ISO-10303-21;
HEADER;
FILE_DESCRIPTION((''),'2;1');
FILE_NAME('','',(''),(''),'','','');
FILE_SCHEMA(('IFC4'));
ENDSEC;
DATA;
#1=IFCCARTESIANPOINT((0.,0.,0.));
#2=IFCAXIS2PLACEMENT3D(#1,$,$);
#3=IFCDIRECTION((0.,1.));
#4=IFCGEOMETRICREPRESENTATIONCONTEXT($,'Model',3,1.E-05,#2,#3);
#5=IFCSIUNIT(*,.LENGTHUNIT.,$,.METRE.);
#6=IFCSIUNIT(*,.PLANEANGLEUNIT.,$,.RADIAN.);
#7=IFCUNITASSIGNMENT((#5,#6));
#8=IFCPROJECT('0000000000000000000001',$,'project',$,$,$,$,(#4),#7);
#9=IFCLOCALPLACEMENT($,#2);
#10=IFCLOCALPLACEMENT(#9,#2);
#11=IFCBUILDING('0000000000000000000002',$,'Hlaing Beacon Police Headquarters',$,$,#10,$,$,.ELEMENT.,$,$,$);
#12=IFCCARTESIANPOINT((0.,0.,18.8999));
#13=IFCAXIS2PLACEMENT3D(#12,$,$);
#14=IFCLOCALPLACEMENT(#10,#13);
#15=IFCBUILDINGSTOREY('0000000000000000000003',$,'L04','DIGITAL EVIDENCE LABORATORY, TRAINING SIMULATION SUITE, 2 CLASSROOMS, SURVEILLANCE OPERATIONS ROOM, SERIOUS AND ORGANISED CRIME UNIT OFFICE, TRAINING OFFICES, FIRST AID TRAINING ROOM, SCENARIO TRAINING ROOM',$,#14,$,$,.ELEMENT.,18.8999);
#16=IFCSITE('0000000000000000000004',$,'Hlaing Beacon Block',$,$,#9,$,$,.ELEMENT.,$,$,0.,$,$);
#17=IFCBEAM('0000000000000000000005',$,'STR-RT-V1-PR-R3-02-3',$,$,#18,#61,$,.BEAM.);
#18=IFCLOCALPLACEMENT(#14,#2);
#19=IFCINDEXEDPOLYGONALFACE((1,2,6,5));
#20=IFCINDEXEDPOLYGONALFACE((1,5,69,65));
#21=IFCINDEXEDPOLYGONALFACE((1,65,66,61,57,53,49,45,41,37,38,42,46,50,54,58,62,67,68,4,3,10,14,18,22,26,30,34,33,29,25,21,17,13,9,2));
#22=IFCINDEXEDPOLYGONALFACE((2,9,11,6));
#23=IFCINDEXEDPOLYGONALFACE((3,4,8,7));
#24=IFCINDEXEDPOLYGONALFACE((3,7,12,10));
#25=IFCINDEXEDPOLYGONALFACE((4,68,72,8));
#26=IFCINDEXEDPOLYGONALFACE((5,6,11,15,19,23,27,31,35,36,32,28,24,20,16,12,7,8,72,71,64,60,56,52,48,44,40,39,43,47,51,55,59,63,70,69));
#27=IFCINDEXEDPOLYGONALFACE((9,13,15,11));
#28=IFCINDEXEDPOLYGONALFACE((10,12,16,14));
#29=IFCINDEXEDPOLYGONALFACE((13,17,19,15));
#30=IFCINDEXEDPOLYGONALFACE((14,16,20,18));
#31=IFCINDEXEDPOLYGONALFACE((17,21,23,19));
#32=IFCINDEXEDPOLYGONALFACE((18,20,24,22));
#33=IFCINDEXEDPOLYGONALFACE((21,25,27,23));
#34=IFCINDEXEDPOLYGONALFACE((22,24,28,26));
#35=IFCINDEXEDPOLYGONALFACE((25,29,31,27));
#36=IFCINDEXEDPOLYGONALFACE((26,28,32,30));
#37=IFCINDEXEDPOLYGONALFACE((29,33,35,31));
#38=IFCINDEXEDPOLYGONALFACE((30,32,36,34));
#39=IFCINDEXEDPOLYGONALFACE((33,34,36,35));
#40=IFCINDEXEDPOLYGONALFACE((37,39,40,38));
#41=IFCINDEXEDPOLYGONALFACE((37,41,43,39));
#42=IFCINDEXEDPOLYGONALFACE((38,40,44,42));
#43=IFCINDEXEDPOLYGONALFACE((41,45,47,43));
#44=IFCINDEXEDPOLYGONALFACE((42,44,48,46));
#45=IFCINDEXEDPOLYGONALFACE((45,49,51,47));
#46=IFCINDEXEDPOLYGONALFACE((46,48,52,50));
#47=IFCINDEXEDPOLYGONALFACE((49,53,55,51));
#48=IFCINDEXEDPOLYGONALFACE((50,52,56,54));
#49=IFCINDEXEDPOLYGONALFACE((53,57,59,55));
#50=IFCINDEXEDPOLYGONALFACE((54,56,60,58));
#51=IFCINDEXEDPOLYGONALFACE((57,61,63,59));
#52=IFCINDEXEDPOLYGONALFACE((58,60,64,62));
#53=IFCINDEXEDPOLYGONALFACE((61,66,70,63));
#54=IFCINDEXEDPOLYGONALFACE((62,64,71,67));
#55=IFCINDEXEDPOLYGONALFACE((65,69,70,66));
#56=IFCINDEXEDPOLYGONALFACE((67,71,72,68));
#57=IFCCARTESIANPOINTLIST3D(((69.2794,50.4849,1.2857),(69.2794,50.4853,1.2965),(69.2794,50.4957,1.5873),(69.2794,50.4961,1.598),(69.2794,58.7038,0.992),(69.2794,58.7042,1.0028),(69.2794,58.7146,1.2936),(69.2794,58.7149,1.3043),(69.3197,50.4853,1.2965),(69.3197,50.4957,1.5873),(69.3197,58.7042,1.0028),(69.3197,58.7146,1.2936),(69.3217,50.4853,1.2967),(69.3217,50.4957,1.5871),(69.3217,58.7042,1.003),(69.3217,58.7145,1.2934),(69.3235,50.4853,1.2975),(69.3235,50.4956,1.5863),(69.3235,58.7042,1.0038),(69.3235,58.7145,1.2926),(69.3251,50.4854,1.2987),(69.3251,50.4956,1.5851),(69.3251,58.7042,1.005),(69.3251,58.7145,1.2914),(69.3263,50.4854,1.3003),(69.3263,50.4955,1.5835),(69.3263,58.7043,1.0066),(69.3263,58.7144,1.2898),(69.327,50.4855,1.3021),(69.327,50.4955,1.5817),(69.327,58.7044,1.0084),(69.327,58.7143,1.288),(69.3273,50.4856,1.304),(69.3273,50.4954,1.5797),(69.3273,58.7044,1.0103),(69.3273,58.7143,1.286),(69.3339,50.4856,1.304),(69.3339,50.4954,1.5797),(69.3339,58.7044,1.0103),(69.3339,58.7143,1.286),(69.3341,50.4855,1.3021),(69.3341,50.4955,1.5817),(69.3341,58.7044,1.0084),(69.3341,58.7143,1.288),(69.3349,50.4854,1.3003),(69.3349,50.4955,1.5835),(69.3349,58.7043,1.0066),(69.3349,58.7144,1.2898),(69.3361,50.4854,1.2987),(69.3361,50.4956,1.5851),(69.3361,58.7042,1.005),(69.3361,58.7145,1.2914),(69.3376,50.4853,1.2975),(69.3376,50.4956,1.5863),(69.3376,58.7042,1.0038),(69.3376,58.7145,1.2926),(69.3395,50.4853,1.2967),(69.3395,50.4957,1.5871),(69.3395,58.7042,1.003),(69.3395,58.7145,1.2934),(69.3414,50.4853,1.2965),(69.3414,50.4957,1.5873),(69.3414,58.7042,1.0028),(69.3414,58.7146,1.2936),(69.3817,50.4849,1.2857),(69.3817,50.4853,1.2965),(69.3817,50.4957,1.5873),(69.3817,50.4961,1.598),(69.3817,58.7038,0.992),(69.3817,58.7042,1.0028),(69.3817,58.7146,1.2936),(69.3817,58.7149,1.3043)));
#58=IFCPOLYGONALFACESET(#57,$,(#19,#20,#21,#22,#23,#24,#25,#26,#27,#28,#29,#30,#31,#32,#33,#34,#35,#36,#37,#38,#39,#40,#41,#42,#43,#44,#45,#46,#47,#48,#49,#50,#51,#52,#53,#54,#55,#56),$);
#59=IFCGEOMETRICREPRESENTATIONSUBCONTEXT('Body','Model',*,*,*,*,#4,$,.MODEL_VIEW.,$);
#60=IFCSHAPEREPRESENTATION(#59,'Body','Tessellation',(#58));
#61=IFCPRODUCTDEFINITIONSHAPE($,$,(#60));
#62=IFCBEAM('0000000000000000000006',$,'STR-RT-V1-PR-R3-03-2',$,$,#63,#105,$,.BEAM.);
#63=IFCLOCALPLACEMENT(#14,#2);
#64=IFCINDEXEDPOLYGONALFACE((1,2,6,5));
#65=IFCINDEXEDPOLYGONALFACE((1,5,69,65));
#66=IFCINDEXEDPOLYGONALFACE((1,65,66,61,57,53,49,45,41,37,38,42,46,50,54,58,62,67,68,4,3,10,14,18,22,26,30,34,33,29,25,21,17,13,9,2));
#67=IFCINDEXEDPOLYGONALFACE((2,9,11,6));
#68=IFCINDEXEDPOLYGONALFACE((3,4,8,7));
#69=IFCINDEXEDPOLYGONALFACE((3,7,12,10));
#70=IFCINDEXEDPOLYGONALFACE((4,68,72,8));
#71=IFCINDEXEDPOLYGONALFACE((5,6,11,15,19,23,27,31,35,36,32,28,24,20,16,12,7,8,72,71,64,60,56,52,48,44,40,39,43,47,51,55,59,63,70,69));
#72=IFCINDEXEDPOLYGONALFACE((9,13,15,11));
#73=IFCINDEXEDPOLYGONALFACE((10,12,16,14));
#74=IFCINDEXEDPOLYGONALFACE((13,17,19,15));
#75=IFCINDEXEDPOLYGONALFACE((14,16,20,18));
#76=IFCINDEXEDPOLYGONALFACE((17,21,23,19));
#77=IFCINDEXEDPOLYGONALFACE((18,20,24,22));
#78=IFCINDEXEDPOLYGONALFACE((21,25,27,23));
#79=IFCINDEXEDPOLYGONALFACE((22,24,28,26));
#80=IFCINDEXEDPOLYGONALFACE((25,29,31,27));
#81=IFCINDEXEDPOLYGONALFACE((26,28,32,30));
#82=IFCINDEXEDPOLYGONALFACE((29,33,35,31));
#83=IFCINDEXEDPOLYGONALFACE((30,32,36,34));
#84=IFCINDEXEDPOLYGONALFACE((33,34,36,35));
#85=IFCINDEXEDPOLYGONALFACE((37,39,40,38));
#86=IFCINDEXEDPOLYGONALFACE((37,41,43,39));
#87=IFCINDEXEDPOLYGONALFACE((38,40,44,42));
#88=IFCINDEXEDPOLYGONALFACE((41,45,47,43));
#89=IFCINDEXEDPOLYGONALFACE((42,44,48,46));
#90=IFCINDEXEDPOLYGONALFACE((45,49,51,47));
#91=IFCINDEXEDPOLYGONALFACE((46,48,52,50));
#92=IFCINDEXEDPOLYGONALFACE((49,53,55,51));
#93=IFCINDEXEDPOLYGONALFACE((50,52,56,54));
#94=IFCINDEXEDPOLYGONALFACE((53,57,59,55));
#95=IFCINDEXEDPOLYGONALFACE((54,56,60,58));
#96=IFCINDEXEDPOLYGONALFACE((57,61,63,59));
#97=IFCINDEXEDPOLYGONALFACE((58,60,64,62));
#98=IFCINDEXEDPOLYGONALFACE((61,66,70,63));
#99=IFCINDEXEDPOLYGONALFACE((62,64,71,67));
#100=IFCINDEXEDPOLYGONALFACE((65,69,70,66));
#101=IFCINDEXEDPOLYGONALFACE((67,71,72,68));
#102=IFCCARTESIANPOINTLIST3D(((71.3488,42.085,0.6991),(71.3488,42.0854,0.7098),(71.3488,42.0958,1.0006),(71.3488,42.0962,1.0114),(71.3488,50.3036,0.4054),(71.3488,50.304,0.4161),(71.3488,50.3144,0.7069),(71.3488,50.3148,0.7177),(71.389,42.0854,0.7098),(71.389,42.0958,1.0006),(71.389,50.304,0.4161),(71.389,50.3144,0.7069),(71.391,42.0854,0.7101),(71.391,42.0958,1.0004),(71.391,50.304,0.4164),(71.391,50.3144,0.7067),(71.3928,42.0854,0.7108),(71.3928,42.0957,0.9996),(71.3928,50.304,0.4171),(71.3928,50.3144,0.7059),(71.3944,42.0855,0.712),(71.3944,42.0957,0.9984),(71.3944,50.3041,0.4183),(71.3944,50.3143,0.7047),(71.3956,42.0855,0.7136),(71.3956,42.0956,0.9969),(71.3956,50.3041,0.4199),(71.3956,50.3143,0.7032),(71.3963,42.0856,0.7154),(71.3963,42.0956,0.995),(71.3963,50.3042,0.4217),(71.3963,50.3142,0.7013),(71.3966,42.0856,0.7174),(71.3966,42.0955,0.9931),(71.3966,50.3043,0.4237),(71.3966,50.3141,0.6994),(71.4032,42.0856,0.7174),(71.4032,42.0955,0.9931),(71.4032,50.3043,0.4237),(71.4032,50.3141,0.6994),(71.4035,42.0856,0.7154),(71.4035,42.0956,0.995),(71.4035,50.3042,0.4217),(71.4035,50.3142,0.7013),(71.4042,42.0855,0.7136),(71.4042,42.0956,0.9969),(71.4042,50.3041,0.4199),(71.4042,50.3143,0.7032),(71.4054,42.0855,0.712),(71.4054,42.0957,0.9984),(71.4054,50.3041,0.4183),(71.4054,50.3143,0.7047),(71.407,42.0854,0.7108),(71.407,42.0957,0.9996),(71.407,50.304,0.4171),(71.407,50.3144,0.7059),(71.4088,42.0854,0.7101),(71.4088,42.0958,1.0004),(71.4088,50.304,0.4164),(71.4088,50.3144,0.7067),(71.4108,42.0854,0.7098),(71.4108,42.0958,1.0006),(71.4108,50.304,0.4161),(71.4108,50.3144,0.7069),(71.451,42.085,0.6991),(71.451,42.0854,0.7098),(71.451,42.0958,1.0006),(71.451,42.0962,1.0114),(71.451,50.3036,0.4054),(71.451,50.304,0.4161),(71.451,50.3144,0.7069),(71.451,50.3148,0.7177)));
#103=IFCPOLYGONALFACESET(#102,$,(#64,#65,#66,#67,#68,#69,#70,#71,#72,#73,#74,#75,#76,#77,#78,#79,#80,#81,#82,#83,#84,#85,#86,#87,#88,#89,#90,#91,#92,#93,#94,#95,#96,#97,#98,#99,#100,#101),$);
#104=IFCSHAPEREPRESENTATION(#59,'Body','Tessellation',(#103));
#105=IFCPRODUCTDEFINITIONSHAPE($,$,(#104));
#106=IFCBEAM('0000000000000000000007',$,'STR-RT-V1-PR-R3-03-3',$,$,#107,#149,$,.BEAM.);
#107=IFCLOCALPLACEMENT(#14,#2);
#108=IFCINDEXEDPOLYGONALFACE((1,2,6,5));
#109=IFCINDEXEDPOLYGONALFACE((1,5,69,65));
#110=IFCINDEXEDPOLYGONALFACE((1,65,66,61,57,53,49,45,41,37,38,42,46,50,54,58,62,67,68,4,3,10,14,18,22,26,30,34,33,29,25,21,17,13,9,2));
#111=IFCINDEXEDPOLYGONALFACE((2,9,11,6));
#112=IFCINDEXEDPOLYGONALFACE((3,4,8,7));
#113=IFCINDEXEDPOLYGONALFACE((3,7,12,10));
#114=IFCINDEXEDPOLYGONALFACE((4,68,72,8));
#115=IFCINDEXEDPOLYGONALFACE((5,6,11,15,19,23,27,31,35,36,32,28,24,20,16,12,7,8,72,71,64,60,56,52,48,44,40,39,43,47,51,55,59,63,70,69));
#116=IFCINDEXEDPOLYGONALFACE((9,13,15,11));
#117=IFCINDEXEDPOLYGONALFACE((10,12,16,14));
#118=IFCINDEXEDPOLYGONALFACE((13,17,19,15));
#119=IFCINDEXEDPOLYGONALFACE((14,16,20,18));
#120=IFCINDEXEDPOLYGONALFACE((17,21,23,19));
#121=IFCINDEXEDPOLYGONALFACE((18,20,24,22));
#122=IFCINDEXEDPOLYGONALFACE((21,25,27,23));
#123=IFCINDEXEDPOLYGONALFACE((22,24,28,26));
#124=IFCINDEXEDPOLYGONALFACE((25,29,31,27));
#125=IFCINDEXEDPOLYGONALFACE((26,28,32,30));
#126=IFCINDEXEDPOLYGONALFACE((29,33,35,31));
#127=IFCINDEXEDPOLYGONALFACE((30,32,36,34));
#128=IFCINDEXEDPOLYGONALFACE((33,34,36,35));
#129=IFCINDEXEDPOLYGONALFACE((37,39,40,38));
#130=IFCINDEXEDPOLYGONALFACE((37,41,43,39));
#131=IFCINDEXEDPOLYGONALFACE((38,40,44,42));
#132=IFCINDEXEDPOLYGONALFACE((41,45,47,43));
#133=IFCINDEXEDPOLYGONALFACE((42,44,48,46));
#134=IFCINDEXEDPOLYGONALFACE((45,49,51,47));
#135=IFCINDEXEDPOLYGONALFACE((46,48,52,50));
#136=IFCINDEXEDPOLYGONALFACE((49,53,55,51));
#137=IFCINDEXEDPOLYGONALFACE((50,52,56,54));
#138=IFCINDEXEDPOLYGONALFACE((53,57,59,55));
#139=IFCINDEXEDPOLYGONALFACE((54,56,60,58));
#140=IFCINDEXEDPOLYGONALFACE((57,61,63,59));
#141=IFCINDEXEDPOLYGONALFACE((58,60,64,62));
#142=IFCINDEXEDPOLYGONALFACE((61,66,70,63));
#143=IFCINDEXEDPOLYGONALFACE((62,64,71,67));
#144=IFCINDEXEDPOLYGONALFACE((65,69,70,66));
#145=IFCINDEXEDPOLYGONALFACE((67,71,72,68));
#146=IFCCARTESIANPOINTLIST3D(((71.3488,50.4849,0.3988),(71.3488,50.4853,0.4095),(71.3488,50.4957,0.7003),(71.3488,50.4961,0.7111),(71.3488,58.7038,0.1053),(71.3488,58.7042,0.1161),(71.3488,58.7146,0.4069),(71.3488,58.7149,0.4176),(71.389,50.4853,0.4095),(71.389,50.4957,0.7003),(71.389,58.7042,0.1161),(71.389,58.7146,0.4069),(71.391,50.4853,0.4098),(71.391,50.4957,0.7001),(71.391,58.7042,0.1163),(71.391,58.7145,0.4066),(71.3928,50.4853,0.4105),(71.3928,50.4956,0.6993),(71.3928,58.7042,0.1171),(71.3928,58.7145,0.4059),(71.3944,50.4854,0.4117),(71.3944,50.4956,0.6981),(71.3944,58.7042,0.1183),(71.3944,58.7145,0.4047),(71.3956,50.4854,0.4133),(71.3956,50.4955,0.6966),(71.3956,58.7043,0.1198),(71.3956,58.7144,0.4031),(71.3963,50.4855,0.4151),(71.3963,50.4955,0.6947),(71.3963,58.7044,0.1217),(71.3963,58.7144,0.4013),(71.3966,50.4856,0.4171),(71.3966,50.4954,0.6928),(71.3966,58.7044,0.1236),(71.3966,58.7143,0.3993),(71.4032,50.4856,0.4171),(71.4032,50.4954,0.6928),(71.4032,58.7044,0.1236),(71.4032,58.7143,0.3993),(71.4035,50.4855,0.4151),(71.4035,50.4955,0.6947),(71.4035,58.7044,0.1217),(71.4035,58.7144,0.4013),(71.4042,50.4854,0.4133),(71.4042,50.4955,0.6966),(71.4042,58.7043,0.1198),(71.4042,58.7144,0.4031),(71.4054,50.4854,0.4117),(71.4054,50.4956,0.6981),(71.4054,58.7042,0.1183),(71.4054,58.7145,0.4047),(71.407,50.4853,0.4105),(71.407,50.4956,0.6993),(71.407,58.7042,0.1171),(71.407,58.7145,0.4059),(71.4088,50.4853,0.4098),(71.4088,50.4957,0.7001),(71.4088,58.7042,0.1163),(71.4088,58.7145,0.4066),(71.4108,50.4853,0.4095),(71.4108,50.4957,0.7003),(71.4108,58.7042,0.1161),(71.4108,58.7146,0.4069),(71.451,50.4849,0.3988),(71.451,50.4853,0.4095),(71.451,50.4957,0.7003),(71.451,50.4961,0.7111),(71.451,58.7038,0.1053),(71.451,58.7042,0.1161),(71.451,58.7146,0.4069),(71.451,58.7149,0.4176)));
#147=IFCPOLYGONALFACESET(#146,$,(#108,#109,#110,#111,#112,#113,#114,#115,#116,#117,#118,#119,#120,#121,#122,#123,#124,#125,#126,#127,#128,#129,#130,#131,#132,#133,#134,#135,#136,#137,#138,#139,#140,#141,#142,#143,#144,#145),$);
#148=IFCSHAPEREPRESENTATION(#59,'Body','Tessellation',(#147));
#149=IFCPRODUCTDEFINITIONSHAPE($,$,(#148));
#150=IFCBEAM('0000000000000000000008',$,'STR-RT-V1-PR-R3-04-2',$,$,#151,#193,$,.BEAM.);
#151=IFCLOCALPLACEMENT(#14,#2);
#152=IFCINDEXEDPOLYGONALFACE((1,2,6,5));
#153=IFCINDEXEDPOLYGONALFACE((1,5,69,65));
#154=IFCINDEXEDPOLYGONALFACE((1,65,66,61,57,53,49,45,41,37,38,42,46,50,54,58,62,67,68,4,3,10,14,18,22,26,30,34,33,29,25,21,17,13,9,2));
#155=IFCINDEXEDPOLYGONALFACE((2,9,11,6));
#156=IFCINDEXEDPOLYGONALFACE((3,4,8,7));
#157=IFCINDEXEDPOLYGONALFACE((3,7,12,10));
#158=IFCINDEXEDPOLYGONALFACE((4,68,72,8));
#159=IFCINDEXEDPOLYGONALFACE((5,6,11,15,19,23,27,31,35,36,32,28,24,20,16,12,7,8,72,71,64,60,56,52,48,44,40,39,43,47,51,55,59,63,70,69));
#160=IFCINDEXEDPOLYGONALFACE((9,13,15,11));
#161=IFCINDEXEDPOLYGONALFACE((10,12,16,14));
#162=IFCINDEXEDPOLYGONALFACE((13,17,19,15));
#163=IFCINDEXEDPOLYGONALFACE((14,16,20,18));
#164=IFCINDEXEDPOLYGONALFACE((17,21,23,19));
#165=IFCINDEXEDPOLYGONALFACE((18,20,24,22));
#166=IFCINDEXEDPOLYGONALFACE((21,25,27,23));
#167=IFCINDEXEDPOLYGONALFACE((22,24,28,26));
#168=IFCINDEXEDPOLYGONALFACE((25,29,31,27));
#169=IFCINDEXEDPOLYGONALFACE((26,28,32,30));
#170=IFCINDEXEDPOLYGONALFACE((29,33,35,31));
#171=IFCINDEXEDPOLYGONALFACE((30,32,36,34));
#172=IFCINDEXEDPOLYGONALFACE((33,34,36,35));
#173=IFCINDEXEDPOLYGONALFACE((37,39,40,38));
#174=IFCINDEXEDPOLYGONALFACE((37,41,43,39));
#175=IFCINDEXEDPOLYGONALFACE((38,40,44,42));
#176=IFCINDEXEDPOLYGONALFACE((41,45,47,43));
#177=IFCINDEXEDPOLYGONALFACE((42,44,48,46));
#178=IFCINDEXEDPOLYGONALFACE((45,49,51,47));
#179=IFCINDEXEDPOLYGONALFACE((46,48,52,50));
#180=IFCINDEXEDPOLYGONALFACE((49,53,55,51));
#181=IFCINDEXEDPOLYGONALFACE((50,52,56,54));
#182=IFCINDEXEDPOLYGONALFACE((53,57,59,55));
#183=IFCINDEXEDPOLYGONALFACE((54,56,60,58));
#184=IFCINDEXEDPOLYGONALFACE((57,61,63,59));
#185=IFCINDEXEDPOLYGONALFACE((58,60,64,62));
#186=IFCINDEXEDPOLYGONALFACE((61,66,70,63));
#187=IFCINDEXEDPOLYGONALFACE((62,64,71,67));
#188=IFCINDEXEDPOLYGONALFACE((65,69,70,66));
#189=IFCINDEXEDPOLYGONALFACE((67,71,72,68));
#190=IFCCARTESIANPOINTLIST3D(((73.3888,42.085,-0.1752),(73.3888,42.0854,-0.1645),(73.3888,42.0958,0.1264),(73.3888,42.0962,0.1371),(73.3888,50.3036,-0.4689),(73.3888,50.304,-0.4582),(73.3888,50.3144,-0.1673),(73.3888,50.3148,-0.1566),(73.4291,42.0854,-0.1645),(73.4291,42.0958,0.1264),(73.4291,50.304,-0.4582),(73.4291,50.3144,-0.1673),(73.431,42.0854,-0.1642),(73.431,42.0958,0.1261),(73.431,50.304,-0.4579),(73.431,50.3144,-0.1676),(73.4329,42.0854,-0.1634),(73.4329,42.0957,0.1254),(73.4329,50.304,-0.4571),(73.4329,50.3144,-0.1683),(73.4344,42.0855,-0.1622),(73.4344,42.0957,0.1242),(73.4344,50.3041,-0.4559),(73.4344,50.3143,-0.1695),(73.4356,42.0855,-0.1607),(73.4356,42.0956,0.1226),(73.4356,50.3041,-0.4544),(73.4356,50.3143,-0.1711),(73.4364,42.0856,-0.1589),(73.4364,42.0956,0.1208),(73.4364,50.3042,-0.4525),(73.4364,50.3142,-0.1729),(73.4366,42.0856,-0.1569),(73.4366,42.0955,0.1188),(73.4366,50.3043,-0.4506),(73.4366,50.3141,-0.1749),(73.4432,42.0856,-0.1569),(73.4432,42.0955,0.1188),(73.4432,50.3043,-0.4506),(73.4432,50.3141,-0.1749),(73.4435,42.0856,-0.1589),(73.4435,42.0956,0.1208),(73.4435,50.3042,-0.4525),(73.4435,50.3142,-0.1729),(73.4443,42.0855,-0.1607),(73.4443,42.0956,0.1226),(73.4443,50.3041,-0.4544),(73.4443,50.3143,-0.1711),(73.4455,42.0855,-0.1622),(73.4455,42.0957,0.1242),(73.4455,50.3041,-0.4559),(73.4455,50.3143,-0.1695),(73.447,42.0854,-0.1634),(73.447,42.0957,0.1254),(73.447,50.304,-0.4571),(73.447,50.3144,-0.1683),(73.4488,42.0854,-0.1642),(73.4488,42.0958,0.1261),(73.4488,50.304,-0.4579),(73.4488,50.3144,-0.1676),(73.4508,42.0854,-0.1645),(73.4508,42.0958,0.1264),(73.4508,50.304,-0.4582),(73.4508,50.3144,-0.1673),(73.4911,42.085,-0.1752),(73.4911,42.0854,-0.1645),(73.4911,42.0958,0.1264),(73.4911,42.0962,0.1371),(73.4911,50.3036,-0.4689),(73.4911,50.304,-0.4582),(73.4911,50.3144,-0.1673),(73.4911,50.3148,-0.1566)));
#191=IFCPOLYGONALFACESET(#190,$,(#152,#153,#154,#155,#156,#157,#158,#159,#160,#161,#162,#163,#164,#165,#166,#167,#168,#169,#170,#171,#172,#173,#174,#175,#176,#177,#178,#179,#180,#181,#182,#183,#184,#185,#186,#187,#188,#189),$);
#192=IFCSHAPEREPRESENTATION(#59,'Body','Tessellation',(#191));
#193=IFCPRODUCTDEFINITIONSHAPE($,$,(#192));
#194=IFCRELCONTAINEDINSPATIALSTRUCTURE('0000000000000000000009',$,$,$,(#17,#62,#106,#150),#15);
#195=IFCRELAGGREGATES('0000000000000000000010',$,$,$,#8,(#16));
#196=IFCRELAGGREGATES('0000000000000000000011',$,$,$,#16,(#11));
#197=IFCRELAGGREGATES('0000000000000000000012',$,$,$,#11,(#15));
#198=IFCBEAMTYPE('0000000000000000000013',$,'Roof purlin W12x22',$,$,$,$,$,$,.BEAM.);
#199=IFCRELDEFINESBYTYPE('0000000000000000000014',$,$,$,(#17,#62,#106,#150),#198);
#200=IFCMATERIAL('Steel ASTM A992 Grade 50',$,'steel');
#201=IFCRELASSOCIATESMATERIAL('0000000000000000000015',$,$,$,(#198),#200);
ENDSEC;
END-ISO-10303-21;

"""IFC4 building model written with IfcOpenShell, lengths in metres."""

from ifc_helpers import new_model, si_unit, direction, frame, origin, origin_2d, place, context, subcontext, project, spatial, i_section, extrude, material, material_profile, profile_set, type_object, element, save


model = new_model("IFC4")

# Units and contexts
model_context = context("Model", 3, precision=1e-05, world=origin(), true_north=direction((0.0, 1.0)))
body_context = subcontext(model_context, "Body", "Model", "MODEL_VIEW")
ifc_project = project(units=[si_unit("LENGTHUNIT", "METRE"), si_unit("PLANEANGLEUNIT", "RADIAN")], contexts=[model_context])

# Site, building, storey
site_placement = place(None, origin())
site = spatial("IfcSite", under=ifc_project, at=site_placement, Name="Hlaing Beacon Block", CompositionType="ELEMENT", RefElevation=0.0)
building_placement = place(site_placement, origin())
building = spatial("IfcBuilding", under=site, at=building_placement, Name="Hlaing Beacon Police Headquarters", CompositionType="ELEMENT")
storey_placement = place(building_placement, frame((0.0, 0.0, 18.8999)))
storey = spatial("IfcBuildingStorey", under=building, at=storey_placement, Name="L04", Description="DIGITAL EVIDENCE LABORATORY, TRAINING SIMULATION SUITE, 2 CLASSROOMS, SURVEILLANCE OPERATIONS ROOM, SERIOUS AND ORGANISED CRIME UNIT OFFICE, TRAINING OFFICES, FIRST AID TRAINING ROOM, SCENARIO TRAINING ROOM", CompositionType="ELEMENT", Elevation=18.8999)

# Beams
ifc_material_1 = material(Name="Steel ASTM A992 Grade 50", Category="steel")
ifc_material_profile_1 = material_profile(ifc_material_1, i_section(OverallWidth=0.1023, OverallDepth=0.3125, WebThickness=0.0066, FlangeThickness=0.0107, FilletRadius=0.0076, at=origin_2d()), Name="W12x22")
ifc_profile_set_1 = profile_set([ifc_material_profile_1], Name="Steel ASTM A992 Grade 50")
beam_type_1 = type_object("IfcBeamType", Name="Roof purlin W12x22", PredefinedType="BEAM", material=ifc_profile_set_1)
beam_1_placement = place(storey_placement, frame((69.3306, 50.4905, 1.4419), z_axis=(0.0, 0.999362, -0.035712), x_axis=(-1.0, 0.0, 0.0)))
element("IfcBeam", 1, at=beam_1_placement, inside=storey, type_object=beam_type_1, Name="STR-RT-V1-PR-R3-02-3", PredefinedType="BEAM", context=body_context, shape_type="SweptSolid", body=[
    extrude(i_section(OverallWidth=0.1023, OverallDepth=0.3125, WebThickness=0.0066, FlangeThickness=0.0107, FilletRadius=0.0076, at=origin_2d()), origin(), (0.0, 0.0, 1.0), 8.2241),
])
beam_2_placement = place(storey_placement, frame((71.3999, 42.0906, 0.8552), z_axis=(0.0, 0.999362, -0.035713), x_axis=(-1.0, 0.0, 0.0)))
element("IfcBeam", 2, at=beam_2_placement, inside=storey, type_object=beam_type_1, Name="STR-RT-V1-PR-R3-03-2", PredefinedType="BEAM", context=body_context, shape_type="SweptSolid", body=[
    extrude(i_section(OverallWidth=0.1023, OverallDepth=0.3125, WebThickness=0.0066, FlangeThickness=0.0107, FilletRadius=0.0076, at=origin_2d()), origin(), (0.0, 0.0, 1.0), 8.2239),
])
beam_3_placement = place(storey_placement, frame((71.3999, 50.4905, 0.5549), z_axis=(0.0, 0.999363, -0.035682), x_axis=(-1.0, 0.0, 0.0)))
element("IfcBeam", 3, at=beam_3_placement, inside=storey, type_object=beam_type_1, Name="STR-RT-V1-PR-R3-03-3", PredefinedType="BEAM", context=body_context, shape_type="SweptSolid", body=[
    extrude(i_section(OverallWidth=0.1023, OverallDepth=0.3125, WebThickness=0.0066, FlangeThickness=0.0107, FilletRadius=0.0076, at=origin_2d()), origin(), (0.0, 0.0, 1.0), 8.2241),
])
beam_4_placement = place(storey_placement, frame((73.4399, 42.0906, -0.019), z_axis=(0.0, 0.999362, -0.035713), x_axis=(-1.0, 0.0, 0.0)))
element("IfcBeam", 4, at=beam_4_placement, inside=storey, type_object=beam_type_1, Name="STR-RT-V1-PR-R3-04-2", PredefinedType="BEAM", context=body_context, shape_type="SweptSolid", body=[
    extrude(i_section(OverallWidth=0.1023, OverallDepth=0.3125, WebThickness=0.0066, FlangeThickness=0.0107, FilletRadius=0.0076, at=origin_2d()), origin(), (0.0, 0.0, 1.0), 8.2239),
])

save(model, "model.ifc")
